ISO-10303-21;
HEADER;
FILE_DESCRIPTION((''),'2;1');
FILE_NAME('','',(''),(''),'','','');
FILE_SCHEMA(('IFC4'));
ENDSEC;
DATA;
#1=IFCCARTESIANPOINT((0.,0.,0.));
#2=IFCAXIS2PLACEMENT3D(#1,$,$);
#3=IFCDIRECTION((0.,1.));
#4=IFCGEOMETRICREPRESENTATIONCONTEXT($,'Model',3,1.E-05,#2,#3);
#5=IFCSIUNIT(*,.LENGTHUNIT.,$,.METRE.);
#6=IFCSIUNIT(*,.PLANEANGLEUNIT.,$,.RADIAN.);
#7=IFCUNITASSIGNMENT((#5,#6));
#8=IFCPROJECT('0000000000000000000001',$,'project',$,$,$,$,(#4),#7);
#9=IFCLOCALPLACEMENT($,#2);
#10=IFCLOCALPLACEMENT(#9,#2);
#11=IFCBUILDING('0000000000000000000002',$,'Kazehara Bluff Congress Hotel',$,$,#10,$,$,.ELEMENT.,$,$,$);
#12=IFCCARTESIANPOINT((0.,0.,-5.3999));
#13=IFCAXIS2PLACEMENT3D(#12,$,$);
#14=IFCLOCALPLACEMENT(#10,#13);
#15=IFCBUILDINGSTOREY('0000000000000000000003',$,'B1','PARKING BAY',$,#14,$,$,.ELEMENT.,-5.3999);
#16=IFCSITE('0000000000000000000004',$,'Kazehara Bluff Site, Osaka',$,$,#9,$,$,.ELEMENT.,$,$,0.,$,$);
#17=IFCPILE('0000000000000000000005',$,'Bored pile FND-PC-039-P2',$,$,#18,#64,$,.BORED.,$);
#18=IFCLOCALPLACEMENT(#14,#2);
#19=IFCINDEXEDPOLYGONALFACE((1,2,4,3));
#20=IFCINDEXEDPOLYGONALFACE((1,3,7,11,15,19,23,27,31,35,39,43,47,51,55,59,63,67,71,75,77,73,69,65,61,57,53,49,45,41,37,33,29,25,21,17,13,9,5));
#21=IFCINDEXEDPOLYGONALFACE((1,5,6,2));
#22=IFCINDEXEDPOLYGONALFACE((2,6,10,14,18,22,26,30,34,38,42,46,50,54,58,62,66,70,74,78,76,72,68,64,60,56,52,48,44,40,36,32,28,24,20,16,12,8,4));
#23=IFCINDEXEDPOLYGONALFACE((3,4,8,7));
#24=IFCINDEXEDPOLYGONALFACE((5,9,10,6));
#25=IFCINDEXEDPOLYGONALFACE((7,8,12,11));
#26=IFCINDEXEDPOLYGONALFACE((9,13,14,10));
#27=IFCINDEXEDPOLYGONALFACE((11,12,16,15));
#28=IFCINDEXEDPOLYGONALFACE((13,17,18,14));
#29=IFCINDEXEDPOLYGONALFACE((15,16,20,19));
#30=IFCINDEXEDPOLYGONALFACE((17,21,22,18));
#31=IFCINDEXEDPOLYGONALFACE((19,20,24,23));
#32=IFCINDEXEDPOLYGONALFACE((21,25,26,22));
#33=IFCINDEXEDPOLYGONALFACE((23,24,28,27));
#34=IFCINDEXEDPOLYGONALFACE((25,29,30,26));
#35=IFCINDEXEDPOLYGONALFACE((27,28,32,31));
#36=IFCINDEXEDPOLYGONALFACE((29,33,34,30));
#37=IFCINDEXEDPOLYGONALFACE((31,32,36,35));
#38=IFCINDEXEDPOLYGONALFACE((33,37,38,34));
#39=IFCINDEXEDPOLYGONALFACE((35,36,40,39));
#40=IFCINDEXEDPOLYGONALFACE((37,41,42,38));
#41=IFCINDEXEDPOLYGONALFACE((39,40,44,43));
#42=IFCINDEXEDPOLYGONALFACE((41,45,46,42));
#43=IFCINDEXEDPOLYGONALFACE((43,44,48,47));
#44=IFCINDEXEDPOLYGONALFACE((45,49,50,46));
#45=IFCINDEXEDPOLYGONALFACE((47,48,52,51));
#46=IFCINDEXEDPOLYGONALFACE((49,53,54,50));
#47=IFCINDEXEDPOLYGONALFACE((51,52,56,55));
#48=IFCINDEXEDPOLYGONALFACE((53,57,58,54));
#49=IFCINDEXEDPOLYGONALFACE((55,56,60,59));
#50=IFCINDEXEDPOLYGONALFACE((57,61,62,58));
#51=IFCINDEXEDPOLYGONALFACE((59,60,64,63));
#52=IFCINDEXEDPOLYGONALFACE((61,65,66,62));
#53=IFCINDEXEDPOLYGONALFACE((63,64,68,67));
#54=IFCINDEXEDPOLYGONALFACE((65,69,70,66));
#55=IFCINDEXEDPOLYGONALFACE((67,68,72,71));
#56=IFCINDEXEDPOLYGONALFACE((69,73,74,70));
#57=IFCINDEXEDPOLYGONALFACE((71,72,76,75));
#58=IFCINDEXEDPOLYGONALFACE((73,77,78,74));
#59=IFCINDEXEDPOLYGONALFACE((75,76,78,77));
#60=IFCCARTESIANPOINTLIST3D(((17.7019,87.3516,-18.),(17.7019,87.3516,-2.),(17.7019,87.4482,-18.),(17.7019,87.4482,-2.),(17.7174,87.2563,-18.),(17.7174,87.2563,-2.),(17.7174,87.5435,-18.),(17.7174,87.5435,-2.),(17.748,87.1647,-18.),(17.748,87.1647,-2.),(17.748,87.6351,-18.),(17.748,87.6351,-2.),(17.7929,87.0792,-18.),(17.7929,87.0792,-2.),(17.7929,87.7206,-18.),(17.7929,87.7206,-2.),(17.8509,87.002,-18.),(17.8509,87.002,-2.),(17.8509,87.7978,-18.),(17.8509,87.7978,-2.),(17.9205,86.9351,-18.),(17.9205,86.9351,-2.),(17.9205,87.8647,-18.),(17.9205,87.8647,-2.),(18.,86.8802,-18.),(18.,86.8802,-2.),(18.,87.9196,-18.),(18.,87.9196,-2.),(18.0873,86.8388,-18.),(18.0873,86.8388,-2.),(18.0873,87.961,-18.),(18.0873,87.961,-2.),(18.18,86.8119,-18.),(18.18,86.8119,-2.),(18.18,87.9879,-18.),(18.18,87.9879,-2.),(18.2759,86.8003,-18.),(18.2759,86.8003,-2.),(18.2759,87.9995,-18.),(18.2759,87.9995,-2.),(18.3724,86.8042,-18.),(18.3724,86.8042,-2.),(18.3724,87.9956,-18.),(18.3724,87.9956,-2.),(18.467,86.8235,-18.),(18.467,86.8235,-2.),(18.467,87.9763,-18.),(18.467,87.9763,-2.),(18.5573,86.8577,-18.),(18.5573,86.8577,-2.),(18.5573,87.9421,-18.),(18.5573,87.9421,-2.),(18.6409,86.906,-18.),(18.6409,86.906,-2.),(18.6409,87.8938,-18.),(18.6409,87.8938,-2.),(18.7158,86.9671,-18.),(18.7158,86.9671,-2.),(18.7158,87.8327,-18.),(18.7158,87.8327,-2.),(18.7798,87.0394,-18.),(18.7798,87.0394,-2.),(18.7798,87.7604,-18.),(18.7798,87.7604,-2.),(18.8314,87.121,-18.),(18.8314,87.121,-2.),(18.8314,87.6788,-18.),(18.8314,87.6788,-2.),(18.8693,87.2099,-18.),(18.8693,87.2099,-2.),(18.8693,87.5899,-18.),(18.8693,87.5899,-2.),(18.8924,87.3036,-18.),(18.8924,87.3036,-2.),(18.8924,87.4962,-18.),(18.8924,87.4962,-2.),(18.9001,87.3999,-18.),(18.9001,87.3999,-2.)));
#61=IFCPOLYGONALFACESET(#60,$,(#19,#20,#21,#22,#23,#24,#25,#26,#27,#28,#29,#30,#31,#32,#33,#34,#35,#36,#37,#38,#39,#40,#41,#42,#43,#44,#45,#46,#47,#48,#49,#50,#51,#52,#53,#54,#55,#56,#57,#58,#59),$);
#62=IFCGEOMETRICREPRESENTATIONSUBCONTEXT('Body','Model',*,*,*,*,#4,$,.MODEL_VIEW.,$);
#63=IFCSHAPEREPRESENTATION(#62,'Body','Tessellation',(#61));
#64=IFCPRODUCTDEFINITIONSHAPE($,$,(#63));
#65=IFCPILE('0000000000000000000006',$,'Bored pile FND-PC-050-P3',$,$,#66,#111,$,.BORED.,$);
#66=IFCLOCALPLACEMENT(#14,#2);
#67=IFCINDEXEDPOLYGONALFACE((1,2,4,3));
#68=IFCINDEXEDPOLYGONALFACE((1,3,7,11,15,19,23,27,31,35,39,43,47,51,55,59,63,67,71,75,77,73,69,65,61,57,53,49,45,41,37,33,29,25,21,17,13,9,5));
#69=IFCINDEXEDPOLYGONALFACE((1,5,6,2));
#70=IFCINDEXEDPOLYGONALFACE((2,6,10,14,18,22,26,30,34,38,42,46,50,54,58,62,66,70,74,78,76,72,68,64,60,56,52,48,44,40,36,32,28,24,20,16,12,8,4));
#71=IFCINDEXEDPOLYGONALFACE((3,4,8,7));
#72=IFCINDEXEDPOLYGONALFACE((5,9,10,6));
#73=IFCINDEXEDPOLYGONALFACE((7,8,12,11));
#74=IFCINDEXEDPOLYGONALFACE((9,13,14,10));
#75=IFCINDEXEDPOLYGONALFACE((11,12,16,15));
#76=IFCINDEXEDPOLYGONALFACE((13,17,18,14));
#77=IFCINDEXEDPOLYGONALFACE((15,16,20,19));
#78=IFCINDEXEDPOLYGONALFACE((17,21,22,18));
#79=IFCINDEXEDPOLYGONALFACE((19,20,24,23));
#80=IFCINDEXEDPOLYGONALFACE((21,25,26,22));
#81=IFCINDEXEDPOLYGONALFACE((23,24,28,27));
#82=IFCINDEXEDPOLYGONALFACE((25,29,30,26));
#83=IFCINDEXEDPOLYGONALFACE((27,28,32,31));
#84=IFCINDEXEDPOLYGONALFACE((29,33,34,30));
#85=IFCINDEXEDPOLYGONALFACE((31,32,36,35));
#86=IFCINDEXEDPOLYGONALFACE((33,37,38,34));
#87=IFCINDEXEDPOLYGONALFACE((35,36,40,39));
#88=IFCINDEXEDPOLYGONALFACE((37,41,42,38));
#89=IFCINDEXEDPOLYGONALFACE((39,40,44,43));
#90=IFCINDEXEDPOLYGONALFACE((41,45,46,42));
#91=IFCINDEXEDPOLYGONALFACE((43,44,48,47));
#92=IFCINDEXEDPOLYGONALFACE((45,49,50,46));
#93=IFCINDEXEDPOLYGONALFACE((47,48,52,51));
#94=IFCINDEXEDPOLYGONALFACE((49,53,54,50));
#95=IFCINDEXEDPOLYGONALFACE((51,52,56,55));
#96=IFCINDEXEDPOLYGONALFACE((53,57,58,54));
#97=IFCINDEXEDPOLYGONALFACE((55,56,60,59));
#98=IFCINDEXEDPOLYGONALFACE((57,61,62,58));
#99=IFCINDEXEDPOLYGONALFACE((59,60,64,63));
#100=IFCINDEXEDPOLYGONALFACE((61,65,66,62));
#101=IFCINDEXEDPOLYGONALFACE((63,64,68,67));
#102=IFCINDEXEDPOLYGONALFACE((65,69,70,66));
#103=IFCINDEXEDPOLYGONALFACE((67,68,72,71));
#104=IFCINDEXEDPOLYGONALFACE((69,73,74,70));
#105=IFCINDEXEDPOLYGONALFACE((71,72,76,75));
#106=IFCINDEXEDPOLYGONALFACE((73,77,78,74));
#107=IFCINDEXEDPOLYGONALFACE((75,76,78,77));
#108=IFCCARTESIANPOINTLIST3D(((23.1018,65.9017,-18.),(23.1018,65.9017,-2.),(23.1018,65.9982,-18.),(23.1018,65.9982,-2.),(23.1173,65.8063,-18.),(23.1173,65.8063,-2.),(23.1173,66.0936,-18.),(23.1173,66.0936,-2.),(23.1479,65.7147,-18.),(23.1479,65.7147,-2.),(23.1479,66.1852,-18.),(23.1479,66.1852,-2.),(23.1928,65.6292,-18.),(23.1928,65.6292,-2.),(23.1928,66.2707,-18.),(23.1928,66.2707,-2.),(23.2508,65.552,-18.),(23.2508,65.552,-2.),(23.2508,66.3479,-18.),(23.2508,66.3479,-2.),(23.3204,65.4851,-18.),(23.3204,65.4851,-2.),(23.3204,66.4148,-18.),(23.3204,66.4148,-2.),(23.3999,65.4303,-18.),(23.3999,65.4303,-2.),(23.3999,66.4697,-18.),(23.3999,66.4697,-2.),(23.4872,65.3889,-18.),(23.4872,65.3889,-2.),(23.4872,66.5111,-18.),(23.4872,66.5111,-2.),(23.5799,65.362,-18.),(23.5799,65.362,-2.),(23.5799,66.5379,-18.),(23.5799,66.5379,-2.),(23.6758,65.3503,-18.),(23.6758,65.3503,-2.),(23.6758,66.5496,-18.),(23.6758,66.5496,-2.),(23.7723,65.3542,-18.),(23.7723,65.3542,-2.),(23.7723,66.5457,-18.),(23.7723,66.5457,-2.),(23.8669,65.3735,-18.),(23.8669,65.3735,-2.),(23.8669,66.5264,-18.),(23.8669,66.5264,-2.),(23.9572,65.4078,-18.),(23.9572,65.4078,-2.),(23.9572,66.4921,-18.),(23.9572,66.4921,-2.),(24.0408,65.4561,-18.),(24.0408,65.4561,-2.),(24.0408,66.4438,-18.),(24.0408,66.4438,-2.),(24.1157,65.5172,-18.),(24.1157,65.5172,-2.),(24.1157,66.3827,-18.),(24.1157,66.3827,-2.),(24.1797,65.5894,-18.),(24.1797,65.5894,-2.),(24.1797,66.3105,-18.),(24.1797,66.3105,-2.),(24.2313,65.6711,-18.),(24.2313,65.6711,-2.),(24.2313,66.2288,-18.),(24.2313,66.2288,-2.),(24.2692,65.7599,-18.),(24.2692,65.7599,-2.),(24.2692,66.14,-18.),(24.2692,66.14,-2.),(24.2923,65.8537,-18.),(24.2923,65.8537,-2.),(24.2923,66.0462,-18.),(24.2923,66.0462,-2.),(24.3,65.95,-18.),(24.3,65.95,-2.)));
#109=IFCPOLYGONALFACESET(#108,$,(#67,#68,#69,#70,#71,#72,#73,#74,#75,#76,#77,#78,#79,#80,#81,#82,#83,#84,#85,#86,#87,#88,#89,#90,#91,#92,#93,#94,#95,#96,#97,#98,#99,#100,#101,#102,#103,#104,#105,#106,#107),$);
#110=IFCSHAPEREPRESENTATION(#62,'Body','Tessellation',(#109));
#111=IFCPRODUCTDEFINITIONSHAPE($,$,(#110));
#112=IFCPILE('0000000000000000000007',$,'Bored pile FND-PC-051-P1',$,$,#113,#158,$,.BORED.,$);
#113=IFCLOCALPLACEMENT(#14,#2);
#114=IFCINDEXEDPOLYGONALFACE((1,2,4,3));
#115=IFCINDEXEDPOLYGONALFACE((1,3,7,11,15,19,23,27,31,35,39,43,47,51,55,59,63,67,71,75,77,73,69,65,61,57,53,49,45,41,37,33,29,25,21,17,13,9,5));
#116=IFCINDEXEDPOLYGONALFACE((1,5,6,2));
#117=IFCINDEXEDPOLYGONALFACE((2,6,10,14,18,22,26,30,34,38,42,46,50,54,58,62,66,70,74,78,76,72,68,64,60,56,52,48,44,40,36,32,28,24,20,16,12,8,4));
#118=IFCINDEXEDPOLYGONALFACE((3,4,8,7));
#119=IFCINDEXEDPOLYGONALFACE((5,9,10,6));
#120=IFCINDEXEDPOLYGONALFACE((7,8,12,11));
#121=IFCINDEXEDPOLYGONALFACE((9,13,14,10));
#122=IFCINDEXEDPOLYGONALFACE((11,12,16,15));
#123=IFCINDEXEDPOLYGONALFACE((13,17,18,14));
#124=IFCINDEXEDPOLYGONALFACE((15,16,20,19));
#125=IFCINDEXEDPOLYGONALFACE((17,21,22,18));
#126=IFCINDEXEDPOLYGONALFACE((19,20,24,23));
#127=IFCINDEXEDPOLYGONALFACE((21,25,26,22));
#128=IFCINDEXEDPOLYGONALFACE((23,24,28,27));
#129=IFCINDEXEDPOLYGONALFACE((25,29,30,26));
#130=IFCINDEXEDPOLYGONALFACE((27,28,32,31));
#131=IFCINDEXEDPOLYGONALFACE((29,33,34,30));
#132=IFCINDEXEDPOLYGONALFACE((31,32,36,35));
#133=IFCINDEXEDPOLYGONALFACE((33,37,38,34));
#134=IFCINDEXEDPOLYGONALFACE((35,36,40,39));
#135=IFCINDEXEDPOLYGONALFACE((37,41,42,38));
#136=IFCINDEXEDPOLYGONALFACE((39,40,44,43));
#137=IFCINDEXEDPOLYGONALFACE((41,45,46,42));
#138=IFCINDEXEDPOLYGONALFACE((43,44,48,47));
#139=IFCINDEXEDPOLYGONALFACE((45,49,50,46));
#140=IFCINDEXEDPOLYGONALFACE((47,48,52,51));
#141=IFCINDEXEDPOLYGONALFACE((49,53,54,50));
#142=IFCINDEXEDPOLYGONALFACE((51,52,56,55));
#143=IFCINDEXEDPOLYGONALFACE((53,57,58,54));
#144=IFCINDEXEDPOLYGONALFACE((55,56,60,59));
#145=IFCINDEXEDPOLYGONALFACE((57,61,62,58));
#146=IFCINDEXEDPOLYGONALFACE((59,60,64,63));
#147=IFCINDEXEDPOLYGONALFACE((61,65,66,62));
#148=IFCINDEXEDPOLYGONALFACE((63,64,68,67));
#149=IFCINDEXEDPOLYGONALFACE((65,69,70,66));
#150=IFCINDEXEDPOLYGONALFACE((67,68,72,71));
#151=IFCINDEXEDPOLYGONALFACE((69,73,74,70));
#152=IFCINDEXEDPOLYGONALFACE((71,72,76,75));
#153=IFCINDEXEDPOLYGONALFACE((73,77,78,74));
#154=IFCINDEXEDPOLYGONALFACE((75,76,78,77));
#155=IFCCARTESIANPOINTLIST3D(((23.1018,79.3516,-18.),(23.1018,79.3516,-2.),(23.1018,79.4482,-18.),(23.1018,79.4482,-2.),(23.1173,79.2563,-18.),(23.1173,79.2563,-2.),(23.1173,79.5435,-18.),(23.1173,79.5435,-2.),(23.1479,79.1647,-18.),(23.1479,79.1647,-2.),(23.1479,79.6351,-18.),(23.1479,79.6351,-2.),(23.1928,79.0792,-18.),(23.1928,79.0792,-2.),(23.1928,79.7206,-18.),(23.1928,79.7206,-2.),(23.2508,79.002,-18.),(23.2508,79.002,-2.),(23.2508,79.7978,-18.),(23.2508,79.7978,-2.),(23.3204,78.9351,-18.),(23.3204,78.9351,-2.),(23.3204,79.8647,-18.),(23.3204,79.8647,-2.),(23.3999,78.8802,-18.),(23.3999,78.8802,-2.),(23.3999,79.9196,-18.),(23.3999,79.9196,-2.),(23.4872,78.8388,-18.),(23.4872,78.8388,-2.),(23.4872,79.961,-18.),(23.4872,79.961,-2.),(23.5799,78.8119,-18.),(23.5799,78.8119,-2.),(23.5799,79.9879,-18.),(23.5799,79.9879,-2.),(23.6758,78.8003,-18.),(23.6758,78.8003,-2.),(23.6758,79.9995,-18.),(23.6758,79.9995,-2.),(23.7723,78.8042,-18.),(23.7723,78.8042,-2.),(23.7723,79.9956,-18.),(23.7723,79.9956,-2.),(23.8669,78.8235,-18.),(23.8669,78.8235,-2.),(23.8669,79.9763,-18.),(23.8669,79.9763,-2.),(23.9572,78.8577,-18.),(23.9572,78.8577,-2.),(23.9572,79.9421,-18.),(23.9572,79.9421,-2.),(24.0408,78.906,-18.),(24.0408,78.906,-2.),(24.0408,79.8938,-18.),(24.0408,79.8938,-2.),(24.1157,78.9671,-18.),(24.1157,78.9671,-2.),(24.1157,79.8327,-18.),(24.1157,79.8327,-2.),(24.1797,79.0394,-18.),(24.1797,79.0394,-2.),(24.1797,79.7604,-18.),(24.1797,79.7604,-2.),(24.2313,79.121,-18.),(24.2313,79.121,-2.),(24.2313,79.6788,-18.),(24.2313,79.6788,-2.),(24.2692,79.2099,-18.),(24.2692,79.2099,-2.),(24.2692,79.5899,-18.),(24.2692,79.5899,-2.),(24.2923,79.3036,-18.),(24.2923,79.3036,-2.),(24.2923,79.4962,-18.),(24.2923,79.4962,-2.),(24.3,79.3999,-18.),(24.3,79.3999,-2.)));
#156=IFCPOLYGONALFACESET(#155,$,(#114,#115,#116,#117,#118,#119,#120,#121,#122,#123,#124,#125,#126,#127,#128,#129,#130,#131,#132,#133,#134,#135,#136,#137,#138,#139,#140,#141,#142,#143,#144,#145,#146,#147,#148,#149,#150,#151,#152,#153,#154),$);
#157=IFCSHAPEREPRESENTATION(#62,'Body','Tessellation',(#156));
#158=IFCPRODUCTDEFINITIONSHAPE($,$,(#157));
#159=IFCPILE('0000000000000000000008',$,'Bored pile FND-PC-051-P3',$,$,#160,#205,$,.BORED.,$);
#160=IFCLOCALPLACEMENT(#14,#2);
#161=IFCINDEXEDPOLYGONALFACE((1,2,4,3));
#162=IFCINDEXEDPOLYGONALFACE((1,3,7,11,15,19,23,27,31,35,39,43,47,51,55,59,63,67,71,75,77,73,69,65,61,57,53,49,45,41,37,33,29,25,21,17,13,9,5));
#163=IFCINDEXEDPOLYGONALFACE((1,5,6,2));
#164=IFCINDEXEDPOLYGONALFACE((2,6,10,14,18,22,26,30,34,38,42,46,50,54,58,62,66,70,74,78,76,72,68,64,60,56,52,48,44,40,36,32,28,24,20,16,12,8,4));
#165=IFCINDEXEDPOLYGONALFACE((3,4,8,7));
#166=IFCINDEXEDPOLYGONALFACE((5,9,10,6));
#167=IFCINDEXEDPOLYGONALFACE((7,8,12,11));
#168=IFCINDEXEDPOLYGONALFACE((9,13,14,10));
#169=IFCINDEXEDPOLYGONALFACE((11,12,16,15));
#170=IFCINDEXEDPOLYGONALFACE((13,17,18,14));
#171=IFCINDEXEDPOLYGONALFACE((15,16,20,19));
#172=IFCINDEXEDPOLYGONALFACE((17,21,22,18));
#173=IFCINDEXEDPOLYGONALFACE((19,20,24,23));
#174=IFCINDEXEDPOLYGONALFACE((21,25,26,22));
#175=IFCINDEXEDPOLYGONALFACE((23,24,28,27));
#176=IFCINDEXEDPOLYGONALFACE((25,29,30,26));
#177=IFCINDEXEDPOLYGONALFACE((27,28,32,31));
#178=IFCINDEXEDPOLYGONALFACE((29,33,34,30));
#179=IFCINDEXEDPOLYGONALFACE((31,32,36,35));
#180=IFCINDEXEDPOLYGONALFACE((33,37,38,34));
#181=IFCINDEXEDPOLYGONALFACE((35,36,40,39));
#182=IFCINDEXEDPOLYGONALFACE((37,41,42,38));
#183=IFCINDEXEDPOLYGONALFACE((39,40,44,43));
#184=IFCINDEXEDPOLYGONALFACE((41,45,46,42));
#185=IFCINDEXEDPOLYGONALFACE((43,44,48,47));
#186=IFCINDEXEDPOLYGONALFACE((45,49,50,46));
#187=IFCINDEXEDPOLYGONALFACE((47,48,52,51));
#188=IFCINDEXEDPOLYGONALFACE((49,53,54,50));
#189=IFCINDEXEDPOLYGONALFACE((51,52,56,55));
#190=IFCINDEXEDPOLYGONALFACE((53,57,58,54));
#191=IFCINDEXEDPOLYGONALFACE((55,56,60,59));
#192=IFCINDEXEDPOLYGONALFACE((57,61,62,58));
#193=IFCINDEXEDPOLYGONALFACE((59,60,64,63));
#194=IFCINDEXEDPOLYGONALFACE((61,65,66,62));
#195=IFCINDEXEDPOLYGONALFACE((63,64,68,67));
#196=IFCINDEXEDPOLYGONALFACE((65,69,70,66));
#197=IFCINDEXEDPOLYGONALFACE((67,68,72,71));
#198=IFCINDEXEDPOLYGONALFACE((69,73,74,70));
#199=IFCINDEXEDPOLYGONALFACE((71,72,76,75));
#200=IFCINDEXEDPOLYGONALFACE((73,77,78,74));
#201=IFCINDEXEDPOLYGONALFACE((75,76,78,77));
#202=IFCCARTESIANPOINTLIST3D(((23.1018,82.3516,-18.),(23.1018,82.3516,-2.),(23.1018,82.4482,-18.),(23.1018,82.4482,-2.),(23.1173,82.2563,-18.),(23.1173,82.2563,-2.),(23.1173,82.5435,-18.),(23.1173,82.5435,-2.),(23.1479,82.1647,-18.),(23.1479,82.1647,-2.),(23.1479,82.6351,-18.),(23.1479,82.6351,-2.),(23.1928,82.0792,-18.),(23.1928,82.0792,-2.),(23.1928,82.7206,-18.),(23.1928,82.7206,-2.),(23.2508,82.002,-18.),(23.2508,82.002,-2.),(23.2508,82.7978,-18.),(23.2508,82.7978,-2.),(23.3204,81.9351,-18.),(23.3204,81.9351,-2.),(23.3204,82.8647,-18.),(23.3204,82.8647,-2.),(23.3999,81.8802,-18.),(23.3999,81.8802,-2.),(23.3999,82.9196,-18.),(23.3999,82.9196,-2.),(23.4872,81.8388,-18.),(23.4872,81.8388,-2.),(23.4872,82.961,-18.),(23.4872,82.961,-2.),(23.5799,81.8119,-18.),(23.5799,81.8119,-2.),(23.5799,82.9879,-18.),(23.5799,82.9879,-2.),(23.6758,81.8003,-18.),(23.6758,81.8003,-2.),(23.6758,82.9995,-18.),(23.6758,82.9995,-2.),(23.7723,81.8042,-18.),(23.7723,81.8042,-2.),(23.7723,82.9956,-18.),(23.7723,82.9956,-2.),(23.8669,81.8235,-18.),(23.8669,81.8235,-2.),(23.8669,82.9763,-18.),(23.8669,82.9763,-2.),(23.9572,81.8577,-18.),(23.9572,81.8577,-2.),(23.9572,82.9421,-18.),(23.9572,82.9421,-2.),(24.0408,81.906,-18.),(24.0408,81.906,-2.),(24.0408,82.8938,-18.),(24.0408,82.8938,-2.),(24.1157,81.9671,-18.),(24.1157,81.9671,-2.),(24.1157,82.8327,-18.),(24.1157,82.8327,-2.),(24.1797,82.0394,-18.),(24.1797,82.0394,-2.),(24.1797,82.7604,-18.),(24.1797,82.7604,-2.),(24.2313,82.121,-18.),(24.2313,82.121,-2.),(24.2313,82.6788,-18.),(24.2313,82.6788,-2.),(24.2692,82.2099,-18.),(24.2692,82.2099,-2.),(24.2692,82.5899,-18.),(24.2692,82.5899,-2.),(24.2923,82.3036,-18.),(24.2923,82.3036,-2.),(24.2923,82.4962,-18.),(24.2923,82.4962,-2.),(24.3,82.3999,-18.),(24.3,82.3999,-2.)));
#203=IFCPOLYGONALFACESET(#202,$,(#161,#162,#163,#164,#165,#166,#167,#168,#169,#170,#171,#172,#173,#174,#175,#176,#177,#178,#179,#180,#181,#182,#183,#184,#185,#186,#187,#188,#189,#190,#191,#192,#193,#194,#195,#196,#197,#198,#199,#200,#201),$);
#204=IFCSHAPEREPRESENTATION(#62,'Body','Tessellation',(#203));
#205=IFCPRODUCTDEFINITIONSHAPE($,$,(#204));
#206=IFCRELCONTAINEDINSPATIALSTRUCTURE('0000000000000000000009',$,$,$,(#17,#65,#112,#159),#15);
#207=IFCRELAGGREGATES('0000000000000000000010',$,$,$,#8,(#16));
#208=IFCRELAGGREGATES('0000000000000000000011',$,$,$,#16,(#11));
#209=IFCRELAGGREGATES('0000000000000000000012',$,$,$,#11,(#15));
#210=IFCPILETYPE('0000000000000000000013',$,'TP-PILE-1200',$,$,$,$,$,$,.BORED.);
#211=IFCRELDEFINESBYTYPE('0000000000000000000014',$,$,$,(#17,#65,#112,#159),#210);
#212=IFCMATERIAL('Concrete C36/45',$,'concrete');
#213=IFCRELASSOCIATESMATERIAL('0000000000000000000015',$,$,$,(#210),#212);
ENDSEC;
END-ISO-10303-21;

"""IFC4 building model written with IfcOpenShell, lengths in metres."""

from ifc_helpers import new_model, si_unit, direction, frame, origin, origin_2d, place, context, subcontext, project, spatial, circle, extrude, material, material_profile, profile_set, type_object, element, save


model = new_model("IFC4")

# Units and contexts
model_context = context("Model", 3, precision=1e-05, world=origin(), true_north=direction((0.0, 1.0)))
body_context = subcontext(model_context, "Body", "Model", "MODEL_VIEW")
ifc_project = project(units=[si_unit("LENGTHUNIT", "METRE"), si_unit("PLANEANGLEUNIT", "RADIAN")], contexts=[model_context])

# Site, building, storey
site_placement = place(None, origin())
site = spatial("IfcSite", under=ifc_project, at=site_placement, Name="Kazehara Bluff Site, Osaka", CompositionType="ELEMENT", RefElevation=0.0)
building_placement = place(site_placement, origin())
building = spatial("IfcBuilding", under=site, at=building_placement, Name="Kazehara Bluff Congress Hotel", CompositionType="ELEMENT")
storey_placement = place(building_placement, frame((0.0, 0.0, -5.3999)))
storey = spatial("IfcBuildingStorey", under=building, at=storey_placement, Name="B1", Description="PARKING BAY", CompositionType="ELEMENT", Elevation=-5.3999)

# Piles
ifc_material_1 = material(Name="Concrete C36/45", Category="concrete")
ifc_material_profile_1 = material_profile(ifc_material_1, circle(Radius=0.6001, at=origin_2d()))
ifc_profile_set_1 = profile_set([ifc_material_profile_1], Name="Concrete C36/45")
pile_type = type_object("IfcPileType", Name="TP-PILE-1200", PredefinedType="BORED", material=ifc_profile_set_1)
for number, where, z_axis, x_axis, name in (
    (1, (18.3, 87.3999, -2.0), (0.0, 0.0, -1.0), (1.0, 0.0, 0.0), "Bored pile FND-PC-039-P2"),
    (2, (23.7, 65.95, -2.0), (0.0, 0.0, -1.0), (1.0, 0.0, 0.0), "Bored pile FND-PC-050-P3"),
    (3, (23.7, 79.3999, -2.0), (0.0, 0.0, -1.0), (1.0, 0.0, 0.0), "Bored pile FND-PC-051-P1"),
    (4, (23.7, 82.3999, -2.0), (0.0, 0.0, -1.0), (1.0, 0.0, 0.0), "Bored pile FND-PC-051-P3"),
):
    element("IfcPile", number, at=place(storey_placement, frame(where, z_axis=z_axis, x_axis=x_axis)), inside=storey, type_object=pile_type, Name=name, PredefinedType="BORED", context=body_context, shape_type="SweptSolid", body=[
        extrude(circle(Radius=0.6001, at=origin_2d()), origin(), (0.0, 0.0, 1.0), 16.0),
    ])

save(model, "model.ifc")
